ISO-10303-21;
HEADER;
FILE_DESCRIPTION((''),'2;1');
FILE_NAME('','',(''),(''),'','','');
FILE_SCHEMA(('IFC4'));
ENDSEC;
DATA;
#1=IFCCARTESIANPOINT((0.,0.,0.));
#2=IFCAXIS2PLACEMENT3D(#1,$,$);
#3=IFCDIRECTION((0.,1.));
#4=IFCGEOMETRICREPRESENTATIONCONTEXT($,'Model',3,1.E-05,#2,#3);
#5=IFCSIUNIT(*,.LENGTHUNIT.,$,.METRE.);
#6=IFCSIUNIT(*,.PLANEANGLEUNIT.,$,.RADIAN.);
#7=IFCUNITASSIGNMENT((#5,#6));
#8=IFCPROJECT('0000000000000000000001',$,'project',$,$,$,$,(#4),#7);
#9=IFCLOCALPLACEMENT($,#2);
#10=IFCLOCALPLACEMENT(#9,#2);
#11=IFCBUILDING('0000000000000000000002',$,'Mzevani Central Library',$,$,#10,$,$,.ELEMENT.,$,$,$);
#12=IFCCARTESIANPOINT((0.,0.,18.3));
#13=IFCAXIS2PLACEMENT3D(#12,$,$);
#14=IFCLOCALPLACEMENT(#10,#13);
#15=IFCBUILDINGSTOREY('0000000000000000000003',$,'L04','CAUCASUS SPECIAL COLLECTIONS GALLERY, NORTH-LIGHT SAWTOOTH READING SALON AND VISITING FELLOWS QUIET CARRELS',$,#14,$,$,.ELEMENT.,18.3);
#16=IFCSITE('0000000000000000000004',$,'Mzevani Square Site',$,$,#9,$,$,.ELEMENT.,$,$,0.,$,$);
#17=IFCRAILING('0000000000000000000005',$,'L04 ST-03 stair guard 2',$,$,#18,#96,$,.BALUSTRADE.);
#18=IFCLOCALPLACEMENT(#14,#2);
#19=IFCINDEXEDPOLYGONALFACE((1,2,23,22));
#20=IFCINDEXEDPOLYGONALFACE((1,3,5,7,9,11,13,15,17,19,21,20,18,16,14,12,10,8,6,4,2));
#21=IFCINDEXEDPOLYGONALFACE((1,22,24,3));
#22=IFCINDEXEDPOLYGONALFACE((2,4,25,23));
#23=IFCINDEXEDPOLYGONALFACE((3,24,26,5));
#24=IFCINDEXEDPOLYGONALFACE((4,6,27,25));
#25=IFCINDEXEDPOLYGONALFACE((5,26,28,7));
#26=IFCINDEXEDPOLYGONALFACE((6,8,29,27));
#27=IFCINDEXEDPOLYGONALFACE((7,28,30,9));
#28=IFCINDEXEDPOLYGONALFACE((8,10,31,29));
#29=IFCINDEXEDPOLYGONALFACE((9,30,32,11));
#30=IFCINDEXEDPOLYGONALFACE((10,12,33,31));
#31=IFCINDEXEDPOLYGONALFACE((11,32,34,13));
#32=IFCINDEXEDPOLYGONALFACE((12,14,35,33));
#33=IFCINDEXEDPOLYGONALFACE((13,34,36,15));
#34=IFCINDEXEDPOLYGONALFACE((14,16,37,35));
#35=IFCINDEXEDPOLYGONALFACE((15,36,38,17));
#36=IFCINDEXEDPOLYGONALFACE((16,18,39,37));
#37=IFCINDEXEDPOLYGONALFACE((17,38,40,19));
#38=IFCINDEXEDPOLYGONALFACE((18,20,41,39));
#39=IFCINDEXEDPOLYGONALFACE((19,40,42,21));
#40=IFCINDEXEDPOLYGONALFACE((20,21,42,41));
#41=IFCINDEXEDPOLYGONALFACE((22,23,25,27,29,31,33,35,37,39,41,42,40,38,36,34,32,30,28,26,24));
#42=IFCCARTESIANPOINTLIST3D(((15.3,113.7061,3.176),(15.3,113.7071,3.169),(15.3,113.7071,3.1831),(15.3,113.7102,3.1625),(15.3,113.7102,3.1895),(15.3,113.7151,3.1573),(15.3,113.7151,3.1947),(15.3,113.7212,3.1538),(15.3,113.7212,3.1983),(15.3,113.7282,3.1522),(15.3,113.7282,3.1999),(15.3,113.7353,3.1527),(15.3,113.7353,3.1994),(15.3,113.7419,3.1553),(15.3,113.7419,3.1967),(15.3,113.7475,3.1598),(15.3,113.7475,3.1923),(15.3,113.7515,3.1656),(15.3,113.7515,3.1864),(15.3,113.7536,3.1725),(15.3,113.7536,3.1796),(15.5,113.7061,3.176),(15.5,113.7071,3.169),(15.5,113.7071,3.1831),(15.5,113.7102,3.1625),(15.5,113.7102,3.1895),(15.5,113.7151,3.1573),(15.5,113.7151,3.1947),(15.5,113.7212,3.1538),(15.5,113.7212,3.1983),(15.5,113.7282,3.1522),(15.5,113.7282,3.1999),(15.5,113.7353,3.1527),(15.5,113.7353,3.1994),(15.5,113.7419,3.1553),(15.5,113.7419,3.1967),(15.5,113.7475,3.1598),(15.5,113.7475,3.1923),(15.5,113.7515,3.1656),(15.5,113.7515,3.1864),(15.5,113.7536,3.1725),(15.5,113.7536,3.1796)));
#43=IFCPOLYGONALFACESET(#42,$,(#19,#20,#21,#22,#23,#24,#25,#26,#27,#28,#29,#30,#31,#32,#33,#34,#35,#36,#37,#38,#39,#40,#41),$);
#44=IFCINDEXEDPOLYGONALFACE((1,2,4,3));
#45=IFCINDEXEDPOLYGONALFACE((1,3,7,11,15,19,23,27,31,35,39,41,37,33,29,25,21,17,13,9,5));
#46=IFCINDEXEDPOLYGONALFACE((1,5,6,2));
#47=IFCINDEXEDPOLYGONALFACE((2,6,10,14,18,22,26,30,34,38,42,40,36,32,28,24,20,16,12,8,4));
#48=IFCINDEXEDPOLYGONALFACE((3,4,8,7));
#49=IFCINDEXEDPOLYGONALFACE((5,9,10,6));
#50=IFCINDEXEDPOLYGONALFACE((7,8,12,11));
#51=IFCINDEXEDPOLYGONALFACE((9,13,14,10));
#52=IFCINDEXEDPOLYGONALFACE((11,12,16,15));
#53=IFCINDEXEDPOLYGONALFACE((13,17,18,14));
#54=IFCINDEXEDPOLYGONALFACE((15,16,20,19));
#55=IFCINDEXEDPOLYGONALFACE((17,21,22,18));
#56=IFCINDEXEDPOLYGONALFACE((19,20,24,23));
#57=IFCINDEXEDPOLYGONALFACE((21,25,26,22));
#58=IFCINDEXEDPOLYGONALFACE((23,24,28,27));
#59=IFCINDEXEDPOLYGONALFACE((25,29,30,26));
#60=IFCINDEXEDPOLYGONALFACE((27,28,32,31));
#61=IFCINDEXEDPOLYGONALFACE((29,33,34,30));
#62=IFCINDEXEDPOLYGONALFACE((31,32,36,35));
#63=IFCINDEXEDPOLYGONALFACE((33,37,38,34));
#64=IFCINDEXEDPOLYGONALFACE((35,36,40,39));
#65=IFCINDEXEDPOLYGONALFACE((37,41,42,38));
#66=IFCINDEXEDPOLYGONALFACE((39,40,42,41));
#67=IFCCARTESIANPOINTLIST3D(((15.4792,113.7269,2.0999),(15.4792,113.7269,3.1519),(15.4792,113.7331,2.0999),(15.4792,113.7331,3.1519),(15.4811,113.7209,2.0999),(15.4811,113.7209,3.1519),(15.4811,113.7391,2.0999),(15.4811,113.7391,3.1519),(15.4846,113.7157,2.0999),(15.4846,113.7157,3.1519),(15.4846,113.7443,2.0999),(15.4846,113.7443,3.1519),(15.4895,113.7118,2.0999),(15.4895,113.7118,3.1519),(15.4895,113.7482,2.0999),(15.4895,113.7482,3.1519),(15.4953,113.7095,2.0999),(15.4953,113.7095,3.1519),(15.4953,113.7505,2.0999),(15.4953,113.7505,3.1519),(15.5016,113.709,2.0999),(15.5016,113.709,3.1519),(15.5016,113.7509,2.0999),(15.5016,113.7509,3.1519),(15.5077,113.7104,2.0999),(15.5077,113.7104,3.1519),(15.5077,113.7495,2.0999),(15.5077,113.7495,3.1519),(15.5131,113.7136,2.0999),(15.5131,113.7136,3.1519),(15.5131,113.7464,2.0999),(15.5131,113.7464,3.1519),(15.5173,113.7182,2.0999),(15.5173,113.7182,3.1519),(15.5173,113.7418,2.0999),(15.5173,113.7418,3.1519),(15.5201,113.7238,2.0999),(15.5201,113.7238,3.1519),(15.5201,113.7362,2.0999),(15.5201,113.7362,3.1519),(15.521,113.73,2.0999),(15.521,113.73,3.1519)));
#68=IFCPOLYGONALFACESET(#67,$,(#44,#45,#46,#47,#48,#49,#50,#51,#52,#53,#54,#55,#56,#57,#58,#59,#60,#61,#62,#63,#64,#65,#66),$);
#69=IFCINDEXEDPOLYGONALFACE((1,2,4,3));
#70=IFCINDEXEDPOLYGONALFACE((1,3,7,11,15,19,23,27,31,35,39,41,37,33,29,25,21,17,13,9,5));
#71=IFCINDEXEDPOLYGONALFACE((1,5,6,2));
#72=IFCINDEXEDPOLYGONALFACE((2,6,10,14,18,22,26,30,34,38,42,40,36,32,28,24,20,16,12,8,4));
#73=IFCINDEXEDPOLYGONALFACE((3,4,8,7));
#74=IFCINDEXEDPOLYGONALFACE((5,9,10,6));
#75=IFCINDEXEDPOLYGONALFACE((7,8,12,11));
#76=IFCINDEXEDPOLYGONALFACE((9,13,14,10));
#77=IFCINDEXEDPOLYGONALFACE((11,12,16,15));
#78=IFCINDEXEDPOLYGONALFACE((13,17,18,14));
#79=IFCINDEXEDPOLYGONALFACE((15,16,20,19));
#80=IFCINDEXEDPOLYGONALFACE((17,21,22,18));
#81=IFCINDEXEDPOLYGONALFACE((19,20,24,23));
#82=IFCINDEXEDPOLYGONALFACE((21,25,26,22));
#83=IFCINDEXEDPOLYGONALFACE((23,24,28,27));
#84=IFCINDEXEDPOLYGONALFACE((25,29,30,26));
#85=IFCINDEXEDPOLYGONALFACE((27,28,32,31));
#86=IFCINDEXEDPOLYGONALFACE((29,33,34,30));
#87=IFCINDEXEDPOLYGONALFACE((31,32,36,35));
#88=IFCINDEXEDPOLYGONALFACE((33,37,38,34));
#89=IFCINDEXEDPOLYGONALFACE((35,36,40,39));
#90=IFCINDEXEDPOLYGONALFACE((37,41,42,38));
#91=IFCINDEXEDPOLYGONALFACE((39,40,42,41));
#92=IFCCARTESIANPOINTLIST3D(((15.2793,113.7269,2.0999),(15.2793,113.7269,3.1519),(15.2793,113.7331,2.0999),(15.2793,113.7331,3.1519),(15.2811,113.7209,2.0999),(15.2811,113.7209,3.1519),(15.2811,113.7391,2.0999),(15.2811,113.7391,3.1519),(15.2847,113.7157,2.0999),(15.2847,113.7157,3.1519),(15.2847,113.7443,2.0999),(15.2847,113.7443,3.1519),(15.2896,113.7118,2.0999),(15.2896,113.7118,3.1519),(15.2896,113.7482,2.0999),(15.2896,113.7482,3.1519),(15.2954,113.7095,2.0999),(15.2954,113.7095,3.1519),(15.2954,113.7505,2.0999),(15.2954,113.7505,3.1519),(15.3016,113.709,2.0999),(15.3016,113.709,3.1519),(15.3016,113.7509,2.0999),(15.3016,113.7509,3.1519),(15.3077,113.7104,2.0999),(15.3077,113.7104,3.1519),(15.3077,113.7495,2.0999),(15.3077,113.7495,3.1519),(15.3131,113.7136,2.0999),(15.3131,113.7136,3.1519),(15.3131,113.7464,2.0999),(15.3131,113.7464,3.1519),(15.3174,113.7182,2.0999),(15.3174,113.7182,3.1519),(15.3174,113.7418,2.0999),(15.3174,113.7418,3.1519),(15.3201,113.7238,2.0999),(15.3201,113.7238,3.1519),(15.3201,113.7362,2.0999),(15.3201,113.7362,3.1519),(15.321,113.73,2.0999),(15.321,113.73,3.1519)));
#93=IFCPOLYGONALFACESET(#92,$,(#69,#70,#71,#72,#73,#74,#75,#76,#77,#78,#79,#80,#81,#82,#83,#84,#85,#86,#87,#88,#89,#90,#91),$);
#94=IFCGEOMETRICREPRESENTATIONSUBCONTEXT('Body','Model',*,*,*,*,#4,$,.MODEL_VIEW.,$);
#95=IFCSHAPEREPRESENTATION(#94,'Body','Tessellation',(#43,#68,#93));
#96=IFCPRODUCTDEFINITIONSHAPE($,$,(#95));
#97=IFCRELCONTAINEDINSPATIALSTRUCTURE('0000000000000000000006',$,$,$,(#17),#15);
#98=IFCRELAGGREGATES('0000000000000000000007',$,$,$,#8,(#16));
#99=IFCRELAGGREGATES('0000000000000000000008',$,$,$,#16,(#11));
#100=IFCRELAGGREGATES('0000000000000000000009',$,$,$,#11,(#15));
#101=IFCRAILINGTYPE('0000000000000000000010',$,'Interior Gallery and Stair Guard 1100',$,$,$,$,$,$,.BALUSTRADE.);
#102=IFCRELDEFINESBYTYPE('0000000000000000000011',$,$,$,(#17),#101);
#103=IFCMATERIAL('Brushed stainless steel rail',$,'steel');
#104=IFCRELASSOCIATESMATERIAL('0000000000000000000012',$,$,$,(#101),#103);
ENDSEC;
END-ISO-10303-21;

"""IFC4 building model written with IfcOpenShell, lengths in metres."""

from ifc_helpers import new_model, si_unit, direction, frame, origin, origin_2d, place, context, subcontext, project, spatial, circle, extrude, material, type_object, element, save


model = new_model("IFC4")

# Units and contexts
model_context = context("Model", 3, precision=1e-05, world=origin(), true_north=direction((0.0, 1.0)))
body_context = subcontext(model_context, "Body", "Model", "MODEL_VIEW")
ifc_project = project(units=[si_unit("LENGTHUNIT", "METRE"), si_unit("PLANEANGLEUNIT", "RADIAN")], contexts=[model_context])

# Site, building, storey
site_placement = place(None, origin())
site = spatial("IfcSite", under=ifc_project, at=site_placement, Name="Mzevani Square Site", CompositionType="ELEMENT", RefElevation=0.0)
building_placement = place(site_placement, origin())
building = spatial("IfcBuilding", under=site, at=building_placement, Name="Mzevani Central Library", CompositionType="ELEMENT")
storey_placement = place(building_placement, frame((0.0, 0.0, 18.3)))
storey = spatial("IfcBuildingStorey", under=building, at=storey_placement, Name="L04", Description="CAUCASUS SPECIAL COLLECTIONS GALLERY, NORTH-LIGHT SAWTOOTH READING SALON AND VISITING FELLOWS QUIET CARRELS", CompositionType="ELEMENT", Elevation=18.3)

# Railing
ifc_material_1 = material(Name="Brushed stainless steel rail", Category="steel")
railing_type_1 = type_object("IfcRailingType", Name="Interior Gallery and Stair Guard 1100", PredefinedType="BALUSTRADE", material=ifc_material_1)
railing_1_placement = place(storey_placement, frame((15.5, 113.73, 2.0999)))
element("IfcRailing", 1, at=railing_1_placement, inside=storey, type_object=railing_type_1, Name="L04 ST-03 stair guard 2", PredefinedType="BALUSTRADE", context=body_context, shape_type="SweptSolid", body=[
    extrude(circle(Radius=0.0239, at=origin_2d()), frame((0.0, 0.0, 1.0762), z_axis=(-1.0, 0.0, 0.0), x_axis=(0.0, -1.0, 0.0)), (0.0, 0.0, 1.0), 0.2),
    extrude(circle(Radius=0.021, at=origin_2d()), origin(), (0.0, 0.0, 1.0), 1.052),
    extrude(circle(Radius=0.021, at=origin_2d()), frame((-0.2, 0.0, 0.0)), (0.0, 0.0, 1.0), 1.052),
])

save(model, "model.ifc")
